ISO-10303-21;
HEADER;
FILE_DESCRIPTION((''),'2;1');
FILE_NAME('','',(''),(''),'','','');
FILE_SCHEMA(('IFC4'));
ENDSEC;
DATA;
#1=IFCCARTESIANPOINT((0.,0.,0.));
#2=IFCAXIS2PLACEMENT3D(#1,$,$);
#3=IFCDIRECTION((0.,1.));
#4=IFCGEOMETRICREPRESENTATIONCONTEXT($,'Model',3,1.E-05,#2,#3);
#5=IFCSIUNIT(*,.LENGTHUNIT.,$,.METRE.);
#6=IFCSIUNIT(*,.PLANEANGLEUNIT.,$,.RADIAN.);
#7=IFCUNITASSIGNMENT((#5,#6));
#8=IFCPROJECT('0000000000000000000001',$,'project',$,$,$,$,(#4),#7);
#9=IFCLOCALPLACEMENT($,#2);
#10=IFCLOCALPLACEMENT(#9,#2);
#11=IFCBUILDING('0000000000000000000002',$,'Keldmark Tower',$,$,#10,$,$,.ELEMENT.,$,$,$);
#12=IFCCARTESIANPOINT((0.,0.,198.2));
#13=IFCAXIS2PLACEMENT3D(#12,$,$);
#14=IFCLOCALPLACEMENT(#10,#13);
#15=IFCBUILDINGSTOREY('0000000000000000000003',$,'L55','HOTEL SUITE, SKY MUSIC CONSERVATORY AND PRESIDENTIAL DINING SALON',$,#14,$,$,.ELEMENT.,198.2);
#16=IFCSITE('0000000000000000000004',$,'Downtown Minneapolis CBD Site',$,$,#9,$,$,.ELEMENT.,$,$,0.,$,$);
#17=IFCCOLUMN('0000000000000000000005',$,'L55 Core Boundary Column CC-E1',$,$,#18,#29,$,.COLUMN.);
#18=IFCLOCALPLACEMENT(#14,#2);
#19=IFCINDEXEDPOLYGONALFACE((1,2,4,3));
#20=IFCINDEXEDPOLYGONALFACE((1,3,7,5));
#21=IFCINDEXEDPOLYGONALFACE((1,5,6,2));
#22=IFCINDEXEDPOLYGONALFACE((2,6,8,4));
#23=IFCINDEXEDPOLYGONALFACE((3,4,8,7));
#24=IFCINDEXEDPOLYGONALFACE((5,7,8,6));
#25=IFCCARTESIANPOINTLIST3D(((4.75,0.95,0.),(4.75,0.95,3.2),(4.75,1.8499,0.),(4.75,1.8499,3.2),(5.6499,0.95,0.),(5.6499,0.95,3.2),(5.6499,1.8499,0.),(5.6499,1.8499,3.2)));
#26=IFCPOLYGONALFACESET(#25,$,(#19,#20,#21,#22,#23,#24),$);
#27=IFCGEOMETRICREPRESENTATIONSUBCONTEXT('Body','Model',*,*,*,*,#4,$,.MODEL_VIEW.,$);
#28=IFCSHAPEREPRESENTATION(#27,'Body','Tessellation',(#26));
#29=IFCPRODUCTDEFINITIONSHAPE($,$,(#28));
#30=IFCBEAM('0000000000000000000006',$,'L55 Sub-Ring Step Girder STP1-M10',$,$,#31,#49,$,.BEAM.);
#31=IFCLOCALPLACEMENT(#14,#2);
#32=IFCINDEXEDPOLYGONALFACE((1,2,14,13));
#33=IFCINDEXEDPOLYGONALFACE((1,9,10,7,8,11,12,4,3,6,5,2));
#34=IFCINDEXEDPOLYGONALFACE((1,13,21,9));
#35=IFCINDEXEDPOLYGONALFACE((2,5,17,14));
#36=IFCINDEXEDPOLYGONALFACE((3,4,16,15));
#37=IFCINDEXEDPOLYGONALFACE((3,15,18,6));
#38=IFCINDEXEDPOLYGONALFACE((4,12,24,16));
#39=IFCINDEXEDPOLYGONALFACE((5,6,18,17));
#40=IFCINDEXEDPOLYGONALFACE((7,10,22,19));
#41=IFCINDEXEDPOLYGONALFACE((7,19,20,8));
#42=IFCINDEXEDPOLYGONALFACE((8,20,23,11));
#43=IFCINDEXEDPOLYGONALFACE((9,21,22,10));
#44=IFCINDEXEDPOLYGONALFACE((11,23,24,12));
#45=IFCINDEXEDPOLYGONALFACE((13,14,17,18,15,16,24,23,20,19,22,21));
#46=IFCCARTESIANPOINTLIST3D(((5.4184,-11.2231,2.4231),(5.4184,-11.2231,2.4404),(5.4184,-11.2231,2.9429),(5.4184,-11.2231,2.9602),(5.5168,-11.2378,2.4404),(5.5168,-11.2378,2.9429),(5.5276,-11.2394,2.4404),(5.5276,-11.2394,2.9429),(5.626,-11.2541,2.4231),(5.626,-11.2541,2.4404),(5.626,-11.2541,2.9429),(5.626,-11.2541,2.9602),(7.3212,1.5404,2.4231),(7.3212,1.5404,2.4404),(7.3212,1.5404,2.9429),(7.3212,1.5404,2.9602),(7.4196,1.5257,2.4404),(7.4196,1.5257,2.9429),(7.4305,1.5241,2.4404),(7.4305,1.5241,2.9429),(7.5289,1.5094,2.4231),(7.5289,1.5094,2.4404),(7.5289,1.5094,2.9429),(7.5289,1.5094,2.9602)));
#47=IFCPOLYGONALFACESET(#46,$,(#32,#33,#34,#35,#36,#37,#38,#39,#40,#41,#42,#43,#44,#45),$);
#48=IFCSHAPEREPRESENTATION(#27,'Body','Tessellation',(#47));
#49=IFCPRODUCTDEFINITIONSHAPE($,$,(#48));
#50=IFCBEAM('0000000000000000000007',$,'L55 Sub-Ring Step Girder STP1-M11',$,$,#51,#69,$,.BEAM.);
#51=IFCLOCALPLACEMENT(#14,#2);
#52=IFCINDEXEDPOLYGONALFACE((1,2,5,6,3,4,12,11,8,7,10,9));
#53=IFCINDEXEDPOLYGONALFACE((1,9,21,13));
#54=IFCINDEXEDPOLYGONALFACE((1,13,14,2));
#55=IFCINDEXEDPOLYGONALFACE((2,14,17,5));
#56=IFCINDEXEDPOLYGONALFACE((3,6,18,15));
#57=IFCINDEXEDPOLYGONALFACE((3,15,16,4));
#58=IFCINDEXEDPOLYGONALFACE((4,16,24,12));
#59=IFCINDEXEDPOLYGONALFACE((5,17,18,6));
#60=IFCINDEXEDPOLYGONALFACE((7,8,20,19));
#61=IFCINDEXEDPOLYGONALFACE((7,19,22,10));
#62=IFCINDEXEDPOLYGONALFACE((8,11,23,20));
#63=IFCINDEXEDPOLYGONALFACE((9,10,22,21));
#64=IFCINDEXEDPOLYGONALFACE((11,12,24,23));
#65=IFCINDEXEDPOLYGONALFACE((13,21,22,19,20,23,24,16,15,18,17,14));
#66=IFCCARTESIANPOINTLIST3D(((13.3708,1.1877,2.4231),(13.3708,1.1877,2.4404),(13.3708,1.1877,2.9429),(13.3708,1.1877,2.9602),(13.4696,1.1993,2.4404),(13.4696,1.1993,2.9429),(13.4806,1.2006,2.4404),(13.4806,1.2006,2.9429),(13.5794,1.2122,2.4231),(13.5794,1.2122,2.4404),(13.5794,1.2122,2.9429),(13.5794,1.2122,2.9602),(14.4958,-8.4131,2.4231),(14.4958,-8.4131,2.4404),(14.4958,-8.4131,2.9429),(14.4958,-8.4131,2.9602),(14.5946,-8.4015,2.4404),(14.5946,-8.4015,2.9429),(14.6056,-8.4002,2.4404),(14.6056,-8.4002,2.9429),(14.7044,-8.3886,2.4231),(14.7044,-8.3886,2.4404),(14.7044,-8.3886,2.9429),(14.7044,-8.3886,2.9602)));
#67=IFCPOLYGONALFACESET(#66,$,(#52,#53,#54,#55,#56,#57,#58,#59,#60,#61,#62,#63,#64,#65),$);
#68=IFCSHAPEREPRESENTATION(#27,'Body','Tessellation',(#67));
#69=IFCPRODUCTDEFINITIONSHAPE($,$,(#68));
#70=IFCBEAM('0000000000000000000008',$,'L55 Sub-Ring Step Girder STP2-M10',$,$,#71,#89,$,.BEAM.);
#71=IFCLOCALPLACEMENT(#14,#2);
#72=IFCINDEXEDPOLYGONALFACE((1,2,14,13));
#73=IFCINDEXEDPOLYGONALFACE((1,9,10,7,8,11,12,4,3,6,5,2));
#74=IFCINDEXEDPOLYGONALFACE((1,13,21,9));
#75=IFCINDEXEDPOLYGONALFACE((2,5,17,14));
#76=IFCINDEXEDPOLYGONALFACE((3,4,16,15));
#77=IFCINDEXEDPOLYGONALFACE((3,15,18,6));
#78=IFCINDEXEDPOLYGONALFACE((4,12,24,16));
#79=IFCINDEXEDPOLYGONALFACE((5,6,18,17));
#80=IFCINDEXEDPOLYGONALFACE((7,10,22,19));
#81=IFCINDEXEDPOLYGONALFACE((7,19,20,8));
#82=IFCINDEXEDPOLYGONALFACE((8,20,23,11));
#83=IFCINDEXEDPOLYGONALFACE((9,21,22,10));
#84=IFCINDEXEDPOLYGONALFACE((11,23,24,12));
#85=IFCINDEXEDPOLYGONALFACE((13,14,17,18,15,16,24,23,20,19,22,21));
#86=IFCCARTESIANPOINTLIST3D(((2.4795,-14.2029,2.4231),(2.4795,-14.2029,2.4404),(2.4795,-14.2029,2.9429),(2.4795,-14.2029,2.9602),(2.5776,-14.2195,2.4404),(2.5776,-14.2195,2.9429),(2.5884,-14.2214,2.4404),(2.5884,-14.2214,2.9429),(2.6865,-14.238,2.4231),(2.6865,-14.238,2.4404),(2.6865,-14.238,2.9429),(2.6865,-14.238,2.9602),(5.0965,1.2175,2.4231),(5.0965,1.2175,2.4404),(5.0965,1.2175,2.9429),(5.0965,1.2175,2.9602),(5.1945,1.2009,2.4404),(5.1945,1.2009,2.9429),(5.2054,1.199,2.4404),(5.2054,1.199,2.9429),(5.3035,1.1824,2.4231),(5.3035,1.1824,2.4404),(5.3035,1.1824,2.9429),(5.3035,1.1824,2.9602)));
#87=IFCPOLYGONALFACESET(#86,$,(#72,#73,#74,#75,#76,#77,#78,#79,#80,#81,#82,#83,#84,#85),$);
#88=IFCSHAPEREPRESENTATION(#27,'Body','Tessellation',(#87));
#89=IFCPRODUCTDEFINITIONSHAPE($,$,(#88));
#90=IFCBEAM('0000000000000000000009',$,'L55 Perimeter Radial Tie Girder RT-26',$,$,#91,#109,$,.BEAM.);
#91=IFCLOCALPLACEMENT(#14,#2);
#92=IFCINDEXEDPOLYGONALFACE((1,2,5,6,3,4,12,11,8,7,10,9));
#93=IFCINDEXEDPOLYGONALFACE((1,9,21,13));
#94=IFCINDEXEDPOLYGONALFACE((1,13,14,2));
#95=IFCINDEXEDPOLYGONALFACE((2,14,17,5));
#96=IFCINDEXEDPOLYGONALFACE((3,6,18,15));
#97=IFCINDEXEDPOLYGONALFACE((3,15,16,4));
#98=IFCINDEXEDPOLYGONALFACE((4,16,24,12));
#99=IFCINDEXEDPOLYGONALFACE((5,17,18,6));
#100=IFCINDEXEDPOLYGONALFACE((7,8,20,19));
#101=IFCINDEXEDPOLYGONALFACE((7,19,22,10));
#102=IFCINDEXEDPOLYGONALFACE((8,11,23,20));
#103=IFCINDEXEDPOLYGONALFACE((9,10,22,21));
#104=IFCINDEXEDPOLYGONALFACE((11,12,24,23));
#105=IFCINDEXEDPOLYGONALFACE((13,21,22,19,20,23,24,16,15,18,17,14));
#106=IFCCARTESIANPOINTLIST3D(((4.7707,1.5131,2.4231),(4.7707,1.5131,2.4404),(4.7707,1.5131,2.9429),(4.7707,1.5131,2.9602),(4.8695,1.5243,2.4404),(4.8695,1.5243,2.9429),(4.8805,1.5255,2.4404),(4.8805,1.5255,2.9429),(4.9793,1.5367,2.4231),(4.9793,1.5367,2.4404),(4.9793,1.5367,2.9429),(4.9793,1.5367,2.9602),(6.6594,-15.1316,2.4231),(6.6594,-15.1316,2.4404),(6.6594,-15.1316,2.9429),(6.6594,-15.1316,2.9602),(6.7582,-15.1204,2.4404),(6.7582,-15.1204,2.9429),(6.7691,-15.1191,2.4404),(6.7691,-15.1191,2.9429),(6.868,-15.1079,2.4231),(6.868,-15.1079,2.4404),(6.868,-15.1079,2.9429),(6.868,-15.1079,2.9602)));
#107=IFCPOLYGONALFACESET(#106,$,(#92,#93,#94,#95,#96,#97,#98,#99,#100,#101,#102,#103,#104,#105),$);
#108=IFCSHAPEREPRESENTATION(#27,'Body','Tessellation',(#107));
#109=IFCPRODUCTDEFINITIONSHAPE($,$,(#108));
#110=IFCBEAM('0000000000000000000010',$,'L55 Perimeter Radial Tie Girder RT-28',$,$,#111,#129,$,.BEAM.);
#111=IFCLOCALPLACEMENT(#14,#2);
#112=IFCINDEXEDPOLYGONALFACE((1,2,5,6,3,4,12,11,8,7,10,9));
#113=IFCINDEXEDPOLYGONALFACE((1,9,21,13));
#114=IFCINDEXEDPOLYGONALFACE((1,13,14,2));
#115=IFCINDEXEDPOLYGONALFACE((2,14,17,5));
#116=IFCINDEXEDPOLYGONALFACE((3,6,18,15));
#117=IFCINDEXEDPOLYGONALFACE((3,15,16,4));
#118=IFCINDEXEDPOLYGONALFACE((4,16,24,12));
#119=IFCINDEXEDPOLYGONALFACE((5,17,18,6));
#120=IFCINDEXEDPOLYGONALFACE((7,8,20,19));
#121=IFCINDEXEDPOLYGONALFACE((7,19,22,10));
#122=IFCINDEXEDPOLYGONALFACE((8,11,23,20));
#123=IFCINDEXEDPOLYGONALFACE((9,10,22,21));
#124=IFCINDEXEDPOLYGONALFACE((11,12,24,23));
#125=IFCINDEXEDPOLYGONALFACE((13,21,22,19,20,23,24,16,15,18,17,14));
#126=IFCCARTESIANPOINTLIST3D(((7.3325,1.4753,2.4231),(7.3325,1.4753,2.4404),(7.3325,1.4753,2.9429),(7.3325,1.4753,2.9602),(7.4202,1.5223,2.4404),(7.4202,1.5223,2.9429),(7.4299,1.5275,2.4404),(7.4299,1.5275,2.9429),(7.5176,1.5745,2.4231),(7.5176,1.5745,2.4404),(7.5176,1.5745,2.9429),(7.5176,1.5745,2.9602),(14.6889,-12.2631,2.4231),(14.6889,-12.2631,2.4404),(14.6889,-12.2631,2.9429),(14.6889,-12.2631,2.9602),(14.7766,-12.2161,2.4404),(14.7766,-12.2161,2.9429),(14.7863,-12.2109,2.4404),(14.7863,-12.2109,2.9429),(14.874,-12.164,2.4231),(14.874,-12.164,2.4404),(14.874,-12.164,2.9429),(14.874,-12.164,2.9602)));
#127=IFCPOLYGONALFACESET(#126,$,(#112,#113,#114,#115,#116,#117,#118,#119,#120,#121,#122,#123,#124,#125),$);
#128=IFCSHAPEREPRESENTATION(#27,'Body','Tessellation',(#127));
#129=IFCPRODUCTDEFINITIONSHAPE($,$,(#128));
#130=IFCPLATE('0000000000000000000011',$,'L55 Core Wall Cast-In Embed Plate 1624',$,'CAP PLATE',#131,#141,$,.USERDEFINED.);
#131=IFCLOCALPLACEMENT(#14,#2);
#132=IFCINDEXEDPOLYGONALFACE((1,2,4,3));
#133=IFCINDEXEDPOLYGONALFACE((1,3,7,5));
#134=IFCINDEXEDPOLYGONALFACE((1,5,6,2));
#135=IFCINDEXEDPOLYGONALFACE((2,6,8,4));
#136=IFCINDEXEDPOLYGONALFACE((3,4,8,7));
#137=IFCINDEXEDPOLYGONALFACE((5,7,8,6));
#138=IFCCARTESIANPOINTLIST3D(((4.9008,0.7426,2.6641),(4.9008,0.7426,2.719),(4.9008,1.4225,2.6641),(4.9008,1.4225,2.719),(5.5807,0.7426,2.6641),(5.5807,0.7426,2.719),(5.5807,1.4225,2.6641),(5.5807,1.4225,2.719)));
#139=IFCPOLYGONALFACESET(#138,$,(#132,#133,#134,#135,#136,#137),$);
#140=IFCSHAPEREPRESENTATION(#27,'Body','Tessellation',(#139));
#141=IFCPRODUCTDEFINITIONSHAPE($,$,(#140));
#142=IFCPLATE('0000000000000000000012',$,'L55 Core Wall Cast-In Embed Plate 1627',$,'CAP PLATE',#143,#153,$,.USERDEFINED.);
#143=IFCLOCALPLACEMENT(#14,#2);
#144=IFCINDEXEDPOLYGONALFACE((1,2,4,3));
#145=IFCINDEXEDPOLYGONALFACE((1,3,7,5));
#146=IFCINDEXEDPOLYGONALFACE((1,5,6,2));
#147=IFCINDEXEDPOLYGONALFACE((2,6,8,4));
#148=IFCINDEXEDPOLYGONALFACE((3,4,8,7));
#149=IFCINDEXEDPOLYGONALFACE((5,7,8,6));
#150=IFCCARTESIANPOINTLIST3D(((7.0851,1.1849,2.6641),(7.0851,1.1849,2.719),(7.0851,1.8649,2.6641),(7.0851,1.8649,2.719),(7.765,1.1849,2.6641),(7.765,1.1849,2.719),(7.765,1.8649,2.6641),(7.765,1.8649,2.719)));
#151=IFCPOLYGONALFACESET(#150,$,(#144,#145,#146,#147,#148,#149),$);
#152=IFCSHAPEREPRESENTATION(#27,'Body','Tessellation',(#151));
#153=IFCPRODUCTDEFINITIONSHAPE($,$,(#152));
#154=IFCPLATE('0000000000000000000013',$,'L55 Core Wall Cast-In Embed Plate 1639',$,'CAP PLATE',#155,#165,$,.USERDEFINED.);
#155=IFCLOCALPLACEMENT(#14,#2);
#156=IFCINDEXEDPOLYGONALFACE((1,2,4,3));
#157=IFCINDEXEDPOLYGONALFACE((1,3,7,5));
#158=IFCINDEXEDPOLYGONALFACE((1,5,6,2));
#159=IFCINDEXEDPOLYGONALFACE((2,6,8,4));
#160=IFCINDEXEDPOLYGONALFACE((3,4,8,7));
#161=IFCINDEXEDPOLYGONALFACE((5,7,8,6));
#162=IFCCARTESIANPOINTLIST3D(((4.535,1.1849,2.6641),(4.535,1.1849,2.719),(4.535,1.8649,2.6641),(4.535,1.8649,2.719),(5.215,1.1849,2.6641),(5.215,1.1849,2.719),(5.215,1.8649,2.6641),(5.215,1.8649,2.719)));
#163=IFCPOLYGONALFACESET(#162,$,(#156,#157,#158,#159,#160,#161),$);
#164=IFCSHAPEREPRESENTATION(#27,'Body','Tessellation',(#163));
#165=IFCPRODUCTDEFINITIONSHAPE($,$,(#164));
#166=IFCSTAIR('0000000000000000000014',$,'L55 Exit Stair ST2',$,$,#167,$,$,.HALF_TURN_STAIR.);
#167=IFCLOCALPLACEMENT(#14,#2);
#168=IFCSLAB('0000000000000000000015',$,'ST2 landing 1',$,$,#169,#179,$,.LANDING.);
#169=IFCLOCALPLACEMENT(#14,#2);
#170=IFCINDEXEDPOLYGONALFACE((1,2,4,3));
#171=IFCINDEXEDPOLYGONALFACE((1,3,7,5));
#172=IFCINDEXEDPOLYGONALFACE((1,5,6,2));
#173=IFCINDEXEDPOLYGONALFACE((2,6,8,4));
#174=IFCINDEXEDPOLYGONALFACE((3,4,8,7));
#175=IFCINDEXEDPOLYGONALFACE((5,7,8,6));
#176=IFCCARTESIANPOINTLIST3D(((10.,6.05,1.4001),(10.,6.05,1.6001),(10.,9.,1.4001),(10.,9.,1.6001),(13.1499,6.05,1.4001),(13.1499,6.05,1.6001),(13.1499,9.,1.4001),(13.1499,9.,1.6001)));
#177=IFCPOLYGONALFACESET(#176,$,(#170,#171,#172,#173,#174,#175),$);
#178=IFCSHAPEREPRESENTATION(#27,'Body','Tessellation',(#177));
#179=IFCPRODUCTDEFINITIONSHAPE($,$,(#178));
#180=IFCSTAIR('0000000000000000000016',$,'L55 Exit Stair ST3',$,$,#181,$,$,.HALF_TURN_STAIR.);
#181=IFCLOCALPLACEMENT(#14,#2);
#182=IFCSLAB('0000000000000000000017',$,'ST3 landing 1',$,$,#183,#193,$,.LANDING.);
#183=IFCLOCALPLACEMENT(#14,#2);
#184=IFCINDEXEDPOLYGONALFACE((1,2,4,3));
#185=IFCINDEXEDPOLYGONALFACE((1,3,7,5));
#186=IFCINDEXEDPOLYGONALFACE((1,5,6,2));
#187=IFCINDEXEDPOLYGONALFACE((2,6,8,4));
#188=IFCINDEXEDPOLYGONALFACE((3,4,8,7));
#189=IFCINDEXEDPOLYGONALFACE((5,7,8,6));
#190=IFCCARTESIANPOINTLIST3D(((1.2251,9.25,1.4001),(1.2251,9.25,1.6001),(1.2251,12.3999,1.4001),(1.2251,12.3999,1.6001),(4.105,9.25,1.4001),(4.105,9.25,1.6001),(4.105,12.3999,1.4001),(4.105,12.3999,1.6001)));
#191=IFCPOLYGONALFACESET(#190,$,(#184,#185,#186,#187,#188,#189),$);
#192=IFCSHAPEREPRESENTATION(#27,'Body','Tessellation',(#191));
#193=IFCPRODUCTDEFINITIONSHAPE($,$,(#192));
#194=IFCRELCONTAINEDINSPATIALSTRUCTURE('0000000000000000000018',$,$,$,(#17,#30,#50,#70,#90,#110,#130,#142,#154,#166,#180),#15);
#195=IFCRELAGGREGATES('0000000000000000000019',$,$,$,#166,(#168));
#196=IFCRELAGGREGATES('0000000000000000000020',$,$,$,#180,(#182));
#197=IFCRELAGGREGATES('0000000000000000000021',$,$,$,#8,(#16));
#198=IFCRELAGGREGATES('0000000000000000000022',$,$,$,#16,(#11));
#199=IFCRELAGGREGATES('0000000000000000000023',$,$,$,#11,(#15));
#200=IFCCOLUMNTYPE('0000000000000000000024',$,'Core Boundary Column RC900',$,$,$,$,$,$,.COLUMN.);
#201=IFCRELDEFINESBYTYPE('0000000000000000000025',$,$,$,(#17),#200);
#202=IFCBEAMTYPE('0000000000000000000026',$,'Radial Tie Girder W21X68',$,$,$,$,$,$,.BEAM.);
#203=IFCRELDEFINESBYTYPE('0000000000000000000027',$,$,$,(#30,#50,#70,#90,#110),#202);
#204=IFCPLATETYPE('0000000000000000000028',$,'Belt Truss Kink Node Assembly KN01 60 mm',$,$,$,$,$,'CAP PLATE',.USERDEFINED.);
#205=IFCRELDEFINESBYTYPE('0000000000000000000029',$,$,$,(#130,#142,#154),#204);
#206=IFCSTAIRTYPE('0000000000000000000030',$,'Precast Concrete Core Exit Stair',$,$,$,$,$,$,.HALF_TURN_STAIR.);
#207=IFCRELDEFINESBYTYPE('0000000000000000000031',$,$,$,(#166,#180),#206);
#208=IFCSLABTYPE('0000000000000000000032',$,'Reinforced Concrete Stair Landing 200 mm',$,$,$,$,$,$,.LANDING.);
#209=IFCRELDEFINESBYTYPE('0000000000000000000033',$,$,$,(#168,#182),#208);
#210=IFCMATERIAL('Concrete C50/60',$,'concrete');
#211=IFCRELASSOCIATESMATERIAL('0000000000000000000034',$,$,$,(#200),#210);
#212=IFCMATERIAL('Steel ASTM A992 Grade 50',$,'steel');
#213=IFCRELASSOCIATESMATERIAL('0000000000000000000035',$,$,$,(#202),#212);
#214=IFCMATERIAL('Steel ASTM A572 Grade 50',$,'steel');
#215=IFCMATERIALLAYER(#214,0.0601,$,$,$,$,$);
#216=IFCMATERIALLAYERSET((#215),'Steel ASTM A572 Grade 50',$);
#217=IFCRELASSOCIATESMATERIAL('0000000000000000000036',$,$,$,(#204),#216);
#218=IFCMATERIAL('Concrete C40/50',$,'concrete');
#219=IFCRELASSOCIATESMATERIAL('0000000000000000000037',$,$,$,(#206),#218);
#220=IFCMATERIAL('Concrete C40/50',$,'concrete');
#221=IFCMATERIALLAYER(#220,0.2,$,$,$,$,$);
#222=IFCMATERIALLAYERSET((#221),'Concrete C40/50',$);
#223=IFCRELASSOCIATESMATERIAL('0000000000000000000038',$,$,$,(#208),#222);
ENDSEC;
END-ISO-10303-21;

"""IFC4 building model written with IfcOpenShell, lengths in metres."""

from ifc_helpers import new_model, si_unit, direction, frame, origin, origin_2d, place, context, subcontext, project, spatial, polyline, rectangle, i_section, outline, extrude, material, layer, layer_set, material_profile, profile_set, type_object, element, aggregate, save


model = new_model("IFC4")

# Units and contexts
model_context = context("Model", 3, precision=1e-05, world=origin(), true_north=direction((0.0, 1.0)))
body_context = subcontext(model_context, "Body", "Model", "MODEL_VIEW")
ifc_project = project(units=[si_unit("LENGTHUNIT", "METRE"), si_unit("PLANEANGLEUNIT", "RADIAN")], contexts=[model_context])

# Site, building, storey
site_placement = place(None, origin())
site = spatial("IfcSite", under=ifc_project, at=site_placement, Name="Downtown Minneapolis CBD Site", CompositionType="ELEMENT", RefElevation=0.0)
building_placement = place(site_placement, origin())
building = spatial("IfcBuilding", under=site, at=building_placement, Name="Keldmark Tower", CompositionType="ELEMENT")
storey_placement = place(building_placement, frame((0.0, 0.0, 198.2)))
storey = spatial("IfcBuildingStorey", under=building, at=storey_placement, Name="L55", Description="HOTEL SUITE, SKY MUSIC CONSERVATORY AND PRESIDENTIAL DINING SALON", CompositionType="ELEMENT", Elevation=198.2)

# Column
ifc_material_1 = material(Name="Concrete C50/60", Category="concrete")
ifc_material_profile_1 = material_profile(ifc_material_1, rectangle(XDim=0.8999, YDim=0.8999, at=origin_2d()), Name="RC900X900")
ifc_profile_set_1 = profile_set([ifc_material_profile_1], Name="Concrete C50/60")
column_type = type_object("IfcColumnType", Name="Core Boundary Column RC900", PredefinedType="COLUMN", material=ifc_profile_set_1)
column_placement = place(storey_placement, frame((5.2, 1.3999, 0.0), z_axis=(0.0, 0.0, 1.0), x_axis=(1.0, 0.0, 0.0)))
element("IfcColumn", 1, at=column_placement, inside=storey, type_object=column_type, Name="L55 Core Boundary Column CC-E1", PredefinedType="COLUMN", context=body_context, shape_type="SweptSolid", body=[
    extrude(rectangle(XDim=0.8999, YDim=0.8999, at=origin_2d()), origin(), (0.0, 0.0, 1.0), 3.2),
])

# Beams
ifc_material_2 = material(Name="Steel ASTM A992 Grade 50", Category="steel")
ifc_material_profile_2 = material_profile(ifc_material_2, i_section(OverallWidth=0.21, OverallDepth=0.5371, WebThickness=0.011, FlangeThickness=0.0173, at=origin_2d()), Name="W21X68")
ifc_profile_set_2 = profile_set([ifc_material_profile_2], Name="Steel ASTM A992 Grade 50")
beam_type = type_object("IfcBeamType", Name="Radial Tie Girder W21X68", PredefinedType="BEAM", material=ifc_profile_set_2)
beam_1_placement = place(storey_placement, frame((7.425, 1.5249, 2.6917), z_axis=(-0.147455, -0.989069, 0.0), x_axis=(0.989069, -0.147455, 0.0)))
element("IfcBeam", 2, at=beam_1_placement, inside=storey, type_object=beam_type, Name="L55 Sub-Ring Step Girder STP1-M10", PredefinedType="BEAM", context=body_context, shape_type="SweptSolid", body=[
    extrude(i_section(OverallWidth=0.21, OverallDepth=0.5371, WebThickness=0.011, FlangeThickness=0.0173, at=origin_2d()), origin(), (0.0, 0.0, 1.0), 12.9045),
])
beam_2_placement = place(storey_placement, frame((13.4751, 1.2, 2.6917), z_axis=(0.116381, -0.993205, 0.0), x_axis=(0.993205, 0.116381, 0.0)))
element("IfcBeam", 3, at=beam_2_placement, inside=storey, type_object=beam_type, Name="L55 Sub-Ring Step Girder STP1-M11", PredefinedType="BEAM", context=body_context, shape_type="SweptSolid", body=[
    extrude(i_section(OverallWidth=0.21, OverallDepth=0.5371, WebThickness=0.011, FlangeThickness=0.0173, at=origin_2d()), origin(), (0.0, 0.0, 1.0), 9.6665),
])
beam_3_placement = place(storey_placement, frame((5.2, 1.2, 2.6917), z_axis=(-0.167314, -0.985904, 0.0), x_axis=(0.985904, -0.167314, 0.0)))
element("IfcBeam", 4, at=beam_3_placement, inside=storey, type_object=beam_type, Name="L55 Sub-Ring Step Girder STP2-M10", PredefinedType="BEAM", context=body_context, shape_type="SweptSolid", body=[
    extrude(i_section(OverallWidth=0.21, OverallDepth=0.5371, WebThickness=0.011, FlangeThickness=0.0173, at=origin_2d()), origin(), (0.0, 0.0, 1.0), 15.6409),
])
beam_4_placement = place(storey_placement, frame((4.875, 1.5249, 2.6917), z_axis=(0.112747, -0.993624, 0.0), x_axis=(0.993624, 0.112747, 0.0)))
element("IfcBeam", 5, at=beam_4_placement, inside=storey, type_object=beam_type, Name="L55 Perimeter Radial Tie Girder RT-26", PredefinedType="BEAM", context=body_context, shape_type="SweptSolid", body=[
    extrude(i_section(OverallWidth=0.21, OverallDepth=0.5371, WebThickness=0.011, FlangeThickness=0.0173, at=origin_2d()), origin(), (0.0, 0.0, 1.0), 16.7515),
])
beam_5_placement = place(storey_placement, frame((7.425, 1.5249, 2.6917), z_axis=(0.472048, -0.881573, 0.0), x_axis=(0.881573, 0.472048, 0.0)))
element("IfcBeam", 6, at=beam_5_placement, inside=storey, type_object=beam_type, Name="L55 Perimeter Radial Tie Girder RT-28", PredefinedType="BEAM", context=body_context, shape_type="SweptSolid", body=[
    extrude(i_section(OverallWidth=0.21, OverallDepth=0.5371, WebThickness=0.011, FlangeThickness=0.0173, at=origin_2d()), origin(), (0.0, 0.0, 1.0), 15.584),
])

# Plates
ifc_material_3 = material(Name="Steel ASTM A572 Grade 50", Category="steel")
ifc_layer_1 = layer(ifc_material_3, 0.0601)
ifc_layer_set_1 = layer_set([ifc_layer_1], Name="Steel ASTM A572 Grade 50")
plate_type = type_object("IfcPlateType", Name="Belt Truss Kink Node Assembly KN01 60 mm", ElementType="CAP PLATE", PredefinedType="USERDEFINED", material=ifc_layer_set_1)
for number, where, z_axis, x_axis, name in (
    (7, (5.2407, 1.0825, 2.6641), (0.0, 0.0, 1.0), (1.0, 0.0, 0.0), "L55 Core Wall Cast-In Embed Plate 1624"),
    (8, (7.425, 1.5249, 2.6641), (0.0, 0.0, 1.0), (1.0, 0.0, 0.0), "L55 Core Wall Cast-In Embed Plate 1627"),
    (9, (4.875, 1.5249, 2.6641), (0.0, 0.0, 1.0), (1.0, 0.0, 0.0), "L55 Core Wall Cast-In Embed Plate 1639"),
):
    element("IfcPlate", number, at=place(storey_placement, frame(where, z_axis=z_axis, x_axis=x_axis)), inside=storey, type_object=plate_type, Name=name, ObjectType="CAP PLATE", PredefinedType="USERDEFINED", context=body_context, shape_type="SweptSolid", body=[
        extrude(rectangle(XDim=0.6799, YDim=0.6799, at=origin_2d()), origin(), (0.0, 0.0, 1.0), 0.0549),
    ])

# Stairs, slabs
ifc_material_4 = material(Name="Concrete C40/50", Category="concrete")
stair_type = type_object("IfcStairType", Name="Precast Concrete Core Exit Stair", PredefinedType="HALF_TURN_STAIR", material=ifc_material_4)
stair_1_placement = place(storey_placement, origin())
stair_1 = element("IfcStair", 10, at=stair_1_placement, inside=storey, type_object=stair_type, Name="L55 Exit Stair ST2", PredefinedType="HALF_TURN_STAIR")
ifc_material_5 = material(Name="Concrete C40/50", Category="concrete")
ifc_layer_2 = layer(ifc_material_5, 0.2)
ifc_layer_set_2 = layer_set([ifc_layer_2], Name="Concrete C40/50")
slab_type = type_object("IfcSlabType", Name="Reinforced Concrete Stair Landing 200 mm", PredefinedType="LANDING", material=ifc_layer_set_2)
slab_1_placement = place(storey_placement, frame((0.0, 0.0, 1.4001)))
slab_1 = element("IfcSlab", 11, at=slab_1_placement, type_object=slab_type, Name="ST2 landing 1", PredefinedType="LANDING", context=body_context, shape_type="SweptSolid", body=[
    extrude(outline(polyline([(13.1499, 6.05), (13.1499, 9.0), (10.0, 9.0), (10.0, 6.05), (13.1499, 6.05)])), origin(), (0.0, 0.0, 1.0), 0.2),
])
aggregate(stair_1, [slab_1])
stair_2_placement = place(storey_placement, origin())
stair_2 = element("IfcStair", 12, at=stair_2_placement, inside=storey, type_object=stair_type, Name="L55 Exit Stair ST3", PredefinedType="HALF_TURN_STAIR")
slab_2_placement = place(storey_placement, frame((0.0, 0.0, 1.4001)))
slab_2 = element("IfcSlab", 13, at=slab_2_placement, type_object=slab_type, Name="ST3 landing 1", PredefinedType="LANDING", context=body_context, shape_type="SweptSolid", body=[
    extrude(outline(polyline([(1.2251, 9.25), (4.105, 9.25), (4.105, 12.3999), (1.2251, 12.3999), (1.2251, 9.25)])), origin(), (0.0, 0.0, 1.0), 0.2),
])
aggregate(stair_2, [slab_2])

save(model, "model.ifc")
